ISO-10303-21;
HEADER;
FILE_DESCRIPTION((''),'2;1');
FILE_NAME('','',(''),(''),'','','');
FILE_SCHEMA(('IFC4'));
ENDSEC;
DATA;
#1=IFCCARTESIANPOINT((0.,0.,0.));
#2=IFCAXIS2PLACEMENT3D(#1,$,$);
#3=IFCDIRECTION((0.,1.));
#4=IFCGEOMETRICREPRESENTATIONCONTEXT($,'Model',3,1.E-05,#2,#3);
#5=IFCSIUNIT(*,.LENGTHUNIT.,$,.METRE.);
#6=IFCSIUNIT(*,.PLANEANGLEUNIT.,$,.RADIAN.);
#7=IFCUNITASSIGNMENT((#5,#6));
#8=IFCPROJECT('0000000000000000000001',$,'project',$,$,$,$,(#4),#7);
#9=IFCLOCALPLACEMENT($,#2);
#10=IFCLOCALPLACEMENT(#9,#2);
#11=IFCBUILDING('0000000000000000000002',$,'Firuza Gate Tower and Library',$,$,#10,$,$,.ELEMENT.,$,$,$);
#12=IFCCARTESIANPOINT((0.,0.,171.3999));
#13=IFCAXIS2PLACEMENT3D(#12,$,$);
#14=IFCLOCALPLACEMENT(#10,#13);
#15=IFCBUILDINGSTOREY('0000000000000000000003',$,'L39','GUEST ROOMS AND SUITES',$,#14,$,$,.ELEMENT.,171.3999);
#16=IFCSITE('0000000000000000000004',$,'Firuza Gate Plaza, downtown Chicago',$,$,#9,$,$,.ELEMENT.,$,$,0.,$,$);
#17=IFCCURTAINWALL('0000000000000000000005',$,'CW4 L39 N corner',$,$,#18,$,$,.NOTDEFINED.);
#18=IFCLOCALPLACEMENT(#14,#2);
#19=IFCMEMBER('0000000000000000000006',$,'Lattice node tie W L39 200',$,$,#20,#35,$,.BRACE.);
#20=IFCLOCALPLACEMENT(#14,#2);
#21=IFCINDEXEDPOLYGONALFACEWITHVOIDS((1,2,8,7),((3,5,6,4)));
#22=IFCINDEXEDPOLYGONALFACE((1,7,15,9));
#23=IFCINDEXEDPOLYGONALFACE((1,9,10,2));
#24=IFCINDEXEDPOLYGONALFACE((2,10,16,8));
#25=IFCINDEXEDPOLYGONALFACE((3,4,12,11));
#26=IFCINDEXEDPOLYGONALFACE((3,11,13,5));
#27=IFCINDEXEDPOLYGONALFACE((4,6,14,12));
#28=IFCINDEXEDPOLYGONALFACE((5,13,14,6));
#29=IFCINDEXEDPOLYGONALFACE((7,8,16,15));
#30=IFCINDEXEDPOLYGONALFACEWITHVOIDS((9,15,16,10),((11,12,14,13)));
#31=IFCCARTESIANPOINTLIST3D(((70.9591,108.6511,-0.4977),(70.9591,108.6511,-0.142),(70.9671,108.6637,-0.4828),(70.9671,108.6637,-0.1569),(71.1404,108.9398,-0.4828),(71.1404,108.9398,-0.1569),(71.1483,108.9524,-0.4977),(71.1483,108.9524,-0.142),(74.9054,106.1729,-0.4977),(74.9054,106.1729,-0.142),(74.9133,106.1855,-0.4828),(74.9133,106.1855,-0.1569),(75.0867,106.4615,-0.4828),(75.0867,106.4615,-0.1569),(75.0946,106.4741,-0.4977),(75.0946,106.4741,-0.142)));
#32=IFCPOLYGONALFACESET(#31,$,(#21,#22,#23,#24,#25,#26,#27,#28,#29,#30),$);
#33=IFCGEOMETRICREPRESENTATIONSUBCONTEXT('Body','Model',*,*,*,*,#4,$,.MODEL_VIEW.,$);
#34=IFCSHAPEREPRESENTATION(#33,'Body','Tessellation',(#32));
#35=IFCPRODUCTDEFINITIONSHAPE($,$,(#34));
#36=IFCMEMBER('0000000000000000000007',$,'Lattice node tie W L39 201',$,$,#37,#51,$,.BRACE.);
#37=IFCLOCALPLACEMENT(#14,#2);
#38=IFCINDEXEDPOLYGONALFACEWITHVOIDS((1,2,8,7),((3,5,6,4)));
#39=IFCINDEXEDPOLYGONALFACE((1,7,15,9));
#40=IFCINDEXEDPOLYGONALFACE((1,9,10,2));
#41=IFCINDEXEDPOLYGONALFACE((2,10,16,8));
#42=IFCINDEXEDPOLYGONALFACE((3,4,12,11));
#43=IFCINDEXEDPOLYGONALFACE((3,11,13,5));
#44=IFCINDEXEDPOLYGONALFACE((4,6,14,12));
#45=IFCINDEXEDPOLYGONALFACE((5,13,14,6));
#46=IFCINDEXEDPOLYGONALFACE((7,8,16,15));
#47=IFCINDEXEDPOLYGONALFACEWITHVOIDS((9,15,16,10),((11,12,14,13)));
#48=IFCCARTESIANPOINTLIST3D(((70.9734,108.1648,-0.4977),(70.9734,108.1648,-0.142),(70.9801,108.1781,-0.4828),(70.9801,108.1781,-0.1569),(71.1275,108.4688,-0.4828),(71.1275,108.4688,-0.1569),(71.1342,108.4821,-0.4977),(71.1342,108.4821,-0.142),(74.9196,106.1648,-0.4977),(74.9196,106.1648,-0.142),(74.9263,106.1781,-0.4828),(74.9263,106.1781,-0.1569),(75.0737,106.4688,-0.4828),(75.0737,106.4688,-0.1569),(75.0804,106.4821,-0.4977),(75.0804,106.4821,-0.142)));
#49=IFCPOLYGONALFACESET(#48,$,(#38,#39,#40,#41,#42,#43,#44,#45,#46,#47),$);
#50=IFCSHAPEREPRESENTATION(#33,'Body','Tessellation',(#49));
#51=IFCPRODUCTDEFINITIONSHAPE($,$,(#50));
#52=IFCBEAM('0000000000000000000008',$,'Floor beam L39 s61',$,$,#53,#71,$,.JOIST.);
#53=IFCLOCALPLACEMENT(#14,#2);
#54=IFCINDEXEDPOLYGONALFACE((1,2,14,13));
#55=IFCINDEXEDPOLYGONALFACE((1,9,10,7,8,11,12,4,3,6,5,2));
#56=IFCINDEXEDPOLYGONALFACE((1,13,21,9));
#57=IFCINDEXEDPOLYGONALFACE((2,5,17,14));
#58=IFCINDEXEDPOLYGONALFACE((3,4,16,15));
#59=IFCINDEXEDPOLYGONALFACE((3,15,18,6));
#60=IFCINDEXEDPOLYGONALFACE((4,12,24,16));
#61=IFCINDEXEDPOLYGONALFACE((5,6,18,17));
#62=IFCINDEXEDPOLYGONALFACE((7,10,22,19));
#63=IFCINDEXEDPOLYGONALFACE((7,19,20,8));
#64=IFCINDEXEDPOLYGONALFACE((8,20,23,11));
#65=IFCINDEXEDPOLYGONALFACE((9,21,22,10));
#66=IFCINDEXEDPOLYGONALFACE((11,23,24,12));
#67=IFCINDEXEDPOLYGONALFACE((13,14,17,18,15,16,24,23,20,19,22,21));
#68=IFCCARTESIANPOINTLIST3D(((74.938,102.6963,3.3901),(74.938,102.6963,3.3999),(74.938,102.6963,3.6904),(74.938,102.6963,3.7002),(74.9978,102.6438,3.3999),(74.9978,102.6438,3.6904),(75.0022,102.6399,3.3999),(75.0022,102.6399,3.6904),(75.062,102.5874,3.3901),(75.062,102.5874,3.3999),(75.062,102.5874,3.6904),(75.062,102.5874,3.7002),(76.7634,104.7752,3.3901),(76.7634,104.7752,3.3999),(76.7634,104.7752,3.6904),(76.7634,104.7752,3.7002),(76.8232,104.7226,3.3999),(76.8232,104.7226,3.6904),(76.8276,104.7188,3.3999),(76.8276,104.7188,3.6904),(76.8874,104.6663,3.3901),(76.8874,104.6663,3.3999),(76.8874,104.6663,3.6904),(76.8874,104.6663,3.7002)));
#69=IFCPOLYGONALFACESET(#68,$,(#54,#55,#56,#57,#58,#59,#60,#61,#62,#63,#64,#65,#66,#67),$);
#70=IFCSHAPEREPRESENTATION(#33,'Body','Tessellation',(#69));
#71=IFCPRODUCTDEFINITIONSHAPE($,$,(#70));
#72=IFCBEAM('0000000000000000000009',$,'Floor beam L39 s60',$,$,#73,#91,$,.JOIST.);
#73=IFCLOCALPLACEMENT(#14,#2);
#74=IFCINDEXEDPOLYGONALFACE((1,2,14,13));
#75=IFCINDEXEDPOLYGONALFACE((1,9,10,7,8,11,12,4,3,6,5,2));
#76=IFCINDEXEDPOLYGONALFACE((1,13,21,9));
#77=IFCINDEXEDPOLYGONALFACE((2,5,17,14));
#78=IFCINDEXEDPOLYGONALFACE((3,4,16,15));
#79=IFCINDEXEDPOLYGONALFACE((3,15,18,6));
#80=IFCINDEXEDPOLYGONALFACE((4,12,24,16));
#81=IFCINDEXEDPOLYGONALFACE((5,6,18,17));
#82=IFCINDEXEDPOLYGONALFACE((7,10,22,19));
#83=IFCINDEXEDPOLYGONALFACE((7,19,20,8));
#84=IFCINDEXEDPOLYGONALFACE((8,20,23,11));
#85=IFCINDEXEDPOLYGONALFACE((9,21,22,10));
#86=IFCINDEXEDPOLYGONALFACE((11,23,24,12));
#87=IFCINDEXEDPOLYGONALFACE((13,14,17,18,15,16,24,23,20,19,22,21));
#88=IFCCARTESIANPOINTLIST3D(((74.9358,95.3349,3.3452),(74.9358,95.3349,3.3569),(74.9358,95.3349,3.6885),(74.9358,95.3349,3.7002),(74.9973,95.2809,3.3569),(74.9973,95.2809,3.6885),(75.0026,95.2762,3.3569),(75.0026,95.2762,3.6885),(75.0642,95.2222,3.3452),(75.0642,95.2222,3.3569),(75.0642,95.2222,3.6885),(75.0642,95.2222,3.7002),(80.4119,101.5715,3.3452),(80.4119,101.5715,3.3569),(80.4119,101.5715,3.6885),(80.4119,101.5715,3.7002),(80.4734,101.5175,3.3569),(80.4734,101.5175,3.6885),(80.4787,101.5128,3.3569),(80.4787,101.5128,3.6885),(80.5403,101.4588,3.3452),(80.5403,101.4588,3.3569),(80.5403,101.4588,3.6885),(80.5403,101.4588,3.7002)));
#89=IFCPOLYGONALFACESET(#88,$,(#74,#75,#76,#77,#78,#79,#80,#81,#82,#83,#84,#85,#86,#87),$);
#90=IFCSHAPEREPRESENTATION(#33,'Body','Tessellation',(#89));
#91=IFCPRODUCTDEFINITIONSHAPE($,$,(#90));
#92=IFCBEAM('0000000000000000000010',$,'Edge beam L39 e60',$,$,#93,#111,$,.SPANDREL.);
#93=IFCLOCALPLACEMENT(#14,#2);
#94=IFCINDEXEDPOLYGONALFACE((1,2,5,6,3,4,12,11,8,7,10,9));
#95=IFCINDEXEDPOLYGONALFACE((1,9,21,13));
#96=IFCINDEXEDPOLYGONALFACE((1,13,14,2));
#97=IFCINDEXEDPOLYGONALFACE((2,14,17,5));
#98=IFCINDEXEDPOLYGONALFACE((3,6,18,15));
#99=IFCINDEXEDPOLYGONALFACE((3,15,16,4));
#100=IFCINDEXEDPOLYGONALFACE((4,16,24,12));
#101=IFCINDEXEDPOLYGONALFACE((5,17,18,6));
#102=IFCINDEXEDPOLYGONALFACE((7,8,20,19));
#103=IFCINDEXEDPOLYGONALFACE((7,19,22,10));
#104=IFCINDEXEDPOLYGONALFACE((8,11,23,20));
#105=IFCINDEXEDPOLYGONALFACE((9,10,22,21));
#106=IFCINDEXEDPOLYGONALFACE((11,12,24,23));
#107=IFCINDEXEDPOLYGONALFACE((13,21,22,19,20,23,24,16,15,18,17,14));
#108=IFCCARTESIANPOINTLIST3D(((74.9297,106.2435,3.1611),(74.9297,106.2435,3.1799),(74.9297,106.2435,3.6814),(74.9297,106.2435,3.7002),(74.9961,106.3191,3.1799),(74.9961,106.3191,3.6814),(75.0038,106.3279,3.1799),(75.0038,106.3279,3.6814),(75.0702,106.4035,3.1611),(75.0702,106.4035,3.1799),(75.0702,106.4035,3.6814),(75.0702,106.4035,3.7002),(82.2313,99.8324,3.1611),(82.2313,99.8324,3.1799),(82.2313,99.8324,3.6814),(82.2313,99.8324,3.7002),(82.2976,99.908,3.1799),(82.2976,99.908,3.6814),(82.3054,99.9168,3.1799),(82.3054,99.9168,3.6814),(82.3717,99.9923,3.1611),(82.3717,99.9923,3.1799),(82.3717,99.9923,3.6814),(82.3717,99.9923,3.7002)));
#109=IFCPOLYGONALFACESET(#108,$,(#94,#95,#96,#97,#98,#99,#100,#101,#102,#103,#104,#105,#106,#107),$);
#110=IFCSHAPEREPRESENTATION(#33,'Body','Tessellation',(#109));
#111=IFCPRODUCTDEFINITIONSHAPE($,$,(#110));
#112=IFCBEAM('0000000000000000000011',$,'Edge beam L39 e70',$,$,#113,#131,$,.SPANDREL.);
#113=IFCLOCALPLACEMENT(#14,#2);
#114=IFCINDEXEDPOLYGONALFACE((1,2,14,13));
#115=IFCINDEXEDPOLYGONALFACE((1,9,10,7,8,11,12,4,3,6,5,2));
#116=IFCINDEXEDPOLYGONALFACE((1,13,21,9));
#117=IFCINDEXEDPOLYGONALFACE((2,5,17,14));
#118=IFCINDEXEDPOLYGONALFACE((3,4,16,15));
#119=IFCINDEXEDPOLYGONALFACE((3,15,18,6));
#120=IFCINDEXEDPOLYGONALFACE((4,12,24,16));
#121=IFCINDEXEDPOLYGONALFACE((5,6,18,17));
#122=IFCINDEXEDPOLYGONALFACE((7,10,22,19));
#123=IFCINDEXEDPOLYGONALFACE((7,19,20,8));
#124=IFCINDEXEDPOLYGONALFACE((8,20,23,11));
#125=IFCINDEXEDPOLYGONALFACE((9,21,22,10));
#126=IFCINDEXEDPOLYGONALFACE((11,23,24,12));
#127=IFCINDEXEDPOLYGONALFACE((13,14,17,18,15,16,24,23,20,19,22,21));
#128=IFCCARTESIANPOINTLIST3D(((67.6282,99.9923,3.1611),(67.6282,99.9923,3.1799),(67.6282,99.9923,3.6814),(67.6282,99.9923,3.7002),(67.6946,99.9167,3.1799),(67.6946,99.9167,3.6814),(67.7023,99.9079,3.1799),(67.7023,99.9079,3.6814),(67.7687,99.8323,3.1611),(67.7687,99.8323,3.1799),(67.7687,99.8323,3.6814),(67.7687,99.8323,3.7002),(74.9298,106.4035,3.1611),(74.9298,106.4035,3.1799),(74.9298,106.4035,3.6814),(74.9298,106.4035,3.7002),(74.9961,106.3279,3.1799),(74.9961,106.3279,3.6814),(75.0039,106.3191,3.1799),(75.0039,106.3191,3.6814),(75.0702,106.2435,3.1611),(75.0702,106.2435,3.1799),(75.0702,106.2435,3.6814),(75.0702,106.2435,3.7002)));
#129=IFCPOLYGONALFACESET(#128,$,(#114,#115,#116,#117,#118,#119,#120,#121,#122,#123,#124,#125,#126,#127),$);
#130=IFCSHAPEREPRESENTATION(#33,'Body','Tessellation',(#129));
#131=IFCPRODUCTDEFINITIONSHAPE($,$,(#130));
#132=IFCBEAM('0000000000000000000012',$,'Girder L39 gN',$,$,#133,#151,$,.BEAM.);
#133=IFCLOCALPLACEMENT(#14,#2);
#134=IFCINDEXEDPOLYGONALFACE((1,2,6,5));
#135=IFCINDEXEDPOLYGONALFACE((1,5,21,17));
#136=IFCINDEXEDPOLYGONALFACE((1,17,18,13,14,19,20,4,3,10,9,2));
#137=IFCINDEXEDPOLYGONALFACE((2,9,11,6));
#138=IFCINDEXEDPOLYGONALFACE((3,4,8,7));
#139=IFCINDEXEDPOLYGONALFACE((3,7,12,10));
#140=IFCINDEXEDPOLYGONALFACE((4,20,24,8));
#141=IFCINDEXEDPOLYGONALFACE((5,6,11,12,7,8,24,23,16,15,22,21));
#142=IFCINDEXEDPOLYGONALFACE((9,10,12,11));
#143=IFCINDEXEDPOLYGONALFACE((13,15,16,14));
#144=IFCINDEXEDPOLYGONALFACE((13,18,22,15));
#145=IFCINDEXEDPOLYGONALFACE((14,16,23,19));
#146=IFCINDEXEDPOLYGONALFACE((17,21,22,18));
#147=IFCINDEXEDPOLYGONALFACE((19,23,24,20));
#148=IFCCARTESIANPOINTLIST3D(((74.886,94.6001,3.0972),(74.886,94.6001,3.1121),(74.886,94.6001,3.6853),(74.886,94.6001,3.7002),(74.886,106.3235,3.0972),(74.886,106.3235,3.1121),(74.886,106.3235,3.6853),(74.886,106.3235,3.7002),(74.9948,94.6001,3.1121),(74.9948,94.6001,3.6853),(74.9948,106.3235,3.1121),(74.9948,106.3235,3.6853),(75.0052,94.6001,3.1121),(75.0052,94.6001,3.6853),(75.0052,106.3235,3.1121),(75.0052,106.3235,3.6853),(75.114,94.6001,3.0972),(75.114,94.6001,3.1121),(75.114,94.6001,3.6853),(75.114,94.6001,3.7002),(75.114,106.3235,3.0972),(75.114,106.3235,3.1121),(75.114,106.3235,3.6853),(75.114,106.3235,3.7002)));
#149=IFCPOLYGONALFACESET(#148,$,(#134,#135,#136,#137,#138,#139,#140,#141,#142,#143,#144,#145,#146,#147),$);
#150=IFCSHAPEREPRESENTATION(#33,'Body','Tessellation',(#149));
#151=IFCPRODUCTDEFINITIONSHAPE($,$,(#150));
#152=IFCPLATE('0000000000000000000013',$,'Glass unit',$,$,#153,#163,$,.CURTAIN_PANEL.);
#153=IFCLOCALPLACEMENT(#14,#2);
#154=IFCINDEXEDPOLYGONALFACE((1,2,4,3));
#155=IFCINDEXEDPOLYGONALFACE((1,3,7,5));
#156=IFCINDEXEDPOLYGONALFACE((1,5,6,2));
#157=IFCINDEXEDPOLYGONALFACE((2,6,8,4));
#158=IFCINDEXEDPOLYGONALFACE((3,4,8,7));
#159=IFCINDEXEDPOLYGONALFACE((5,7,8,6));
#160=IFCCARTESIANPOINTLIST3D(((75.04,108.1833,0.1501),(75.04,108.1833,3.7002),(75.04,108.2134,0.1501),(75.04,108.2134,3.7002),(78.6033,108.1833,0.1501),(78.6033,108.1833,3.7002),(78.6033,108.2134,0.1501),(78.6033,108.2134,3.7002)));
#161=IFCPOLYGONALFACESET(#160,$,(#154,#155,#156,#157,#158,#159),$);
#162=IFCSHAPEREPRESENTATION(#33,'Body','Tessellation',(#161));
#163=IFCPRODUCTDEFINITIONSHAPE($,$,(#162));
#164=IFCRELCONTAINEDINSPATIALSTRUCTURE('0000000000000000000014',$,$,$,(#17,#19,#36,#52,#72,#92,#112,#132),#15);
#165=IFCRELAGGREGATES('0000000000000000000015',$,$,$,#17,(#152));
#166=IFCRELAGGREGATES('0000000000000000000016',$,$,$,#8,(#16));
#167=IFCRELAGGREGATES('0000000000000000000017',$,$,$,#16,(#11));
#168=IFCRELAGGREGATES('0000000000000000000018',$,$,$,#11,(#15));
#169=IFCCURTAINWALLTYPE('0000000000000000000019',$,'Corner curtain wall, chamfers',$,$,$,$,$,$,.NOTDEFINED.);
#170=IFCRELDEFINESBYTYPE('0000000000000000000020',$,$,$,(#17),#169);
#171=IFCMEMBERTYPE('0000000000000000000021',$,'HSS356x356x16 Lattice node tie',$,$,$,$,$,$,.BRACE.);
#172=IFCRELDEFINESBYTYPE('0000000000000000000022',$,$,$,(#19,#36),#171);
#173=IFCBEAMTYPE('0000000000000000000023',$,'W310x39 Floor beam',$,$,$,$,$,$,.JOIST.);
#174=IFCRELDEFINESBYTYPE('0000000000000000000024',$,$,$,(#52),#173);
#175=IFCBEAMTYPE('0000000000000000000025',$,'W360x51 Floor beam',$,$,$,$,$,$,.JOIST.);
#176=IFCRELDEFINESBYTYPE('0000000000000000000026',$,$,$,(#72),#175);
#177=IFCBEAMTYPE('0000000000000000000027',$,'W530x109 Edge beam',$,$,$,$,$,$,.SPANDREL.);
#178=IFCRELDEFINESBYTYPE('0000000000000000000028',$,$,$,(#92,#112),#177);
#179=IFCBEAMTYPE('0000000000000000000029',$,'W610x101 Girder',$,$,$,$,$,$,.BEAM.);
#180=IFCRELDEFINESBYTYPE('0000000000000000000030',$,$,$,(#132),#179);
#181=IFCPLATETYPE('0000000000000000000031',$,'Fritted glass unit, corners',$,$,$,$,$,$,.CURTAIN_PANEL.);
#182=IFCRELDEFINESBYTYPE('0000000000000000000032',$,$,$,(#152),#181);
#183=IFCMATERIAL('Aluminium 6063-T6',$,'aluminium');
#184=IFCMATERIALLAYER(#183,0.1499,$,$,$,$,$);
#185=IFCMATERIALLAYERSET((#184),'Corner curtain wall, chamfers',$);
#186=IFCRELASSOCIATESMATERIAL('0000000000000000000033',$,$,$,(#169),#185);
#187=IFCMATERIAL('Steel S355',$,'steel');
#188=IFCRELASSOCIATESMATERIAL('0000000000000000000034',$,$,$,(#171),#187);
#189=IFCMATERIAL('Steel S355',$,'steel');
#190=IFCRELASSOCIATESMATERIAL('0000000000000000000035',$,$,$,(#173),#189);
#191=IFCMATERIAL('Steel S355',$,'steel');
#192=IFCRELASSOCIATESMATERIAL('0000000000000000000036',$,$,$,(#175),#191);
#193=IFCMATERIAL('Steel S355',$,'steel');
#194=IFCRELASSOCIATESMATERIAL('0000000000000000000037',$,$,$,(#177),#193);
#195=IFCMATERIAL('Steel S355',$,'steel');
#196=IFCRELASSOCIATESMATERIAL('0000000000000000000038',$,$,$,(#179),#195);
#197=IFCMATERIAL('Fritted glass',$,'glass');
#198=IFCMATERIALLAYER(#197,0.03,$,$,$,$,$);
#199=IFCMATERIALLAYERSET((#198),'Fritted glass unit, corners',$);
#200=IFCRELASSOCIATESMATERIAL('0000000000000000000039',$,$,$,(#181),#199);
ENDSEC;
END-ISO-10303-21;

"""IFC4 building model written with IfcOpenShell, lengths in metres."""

from ifc_helpers import new_model, si_unit, direction, frame, origin, origin_2d, place, context, subcontext, project, spatial, polyline, hollow_rectangle, i_section, outline, extrude, material, layer, layer_set, material_profile, profile_set, type_object, element, aggregate, save


model = new_model("IFC4")

# Units and contexts
model_context = context("Model", 3, precision=1e-05, world=origin(), true_north=direction((0.0, 1.0)))
body_context = subcontext(model_context, "Body", "Model", "MODEL_VIEW")
ifc_project = project(units=[si_unit("LENGTHUNIT", "METRE"), si_unit("PLANEANGLEUNIT", "RADIAN")], contexts=[model_context])

# Site, building, storey
site_placement = place(None, origin())
site = spatial("IfcSite", under=ifc_project, at=site_placement, Name="Firuza Gate Plaza, downtown Chicago", CompositionType="ELEMENT", RefElevation=0.0)
building_placement = place(site_placement, origin())
building = spatial("IfcBuilding", under=site, at=building_placement, Name="Firuza Gate Tower and Library", CompositionType="ELEMENT")
storey_placement = place(building_placement, frame((0.0, 0.0, 171.3999)))
storey = spatial("IfcBuildingStorey", under=building, at=storey_placement, Name="L39", Description="GUEST ROOMS AND SUITES", CompositionType="ELEMENT", Elevation=171.3999)

# Curtain wall
ifc_material_1 = material(Name="Aluminium 6063-T6", Category="aluminium")
ifc_layer_1 = layer(ifc_material_1, 0.1499)
ifc_layer_set_1 = layer_set([ifc_layer_1], Name="Corner curtain wall, chamfers")
curtain_wall_type = type_object("IfcCurtainWallType", Name="Corner curtain wall, chamfers", PredefinedType="NOTDEFINED", material=ifc_layer_set_1)
curtain_wall_placement = place(storey_placement, origin())
curtain_wall = element("IfcCurtainWall", 1, at=curtain_wall_placement, inside=storey, type_object=curtain_wall_type, Name="CW4 L39 N corner", PredefinedType="NOTDEFINED")

# Members
ifc_material_2 = material(Name="Steel S355", Category="steel")
ifc_material_profile_1 = material_profile(ifc_material_2, hollow_rectangle(XDim=0.3557, YDim=0.3557, WallThickness=0.0149, at=origin_2d()))
ifc_profile_set_1 = profile_set([ifc_material_profile_1], Name="Steel S355")
member_type_1 = type_object("IfcMemberType", Name="HSS356x356x16 Lattice node tie", PredefinedType="BRACE", material=ifc_profile_set_1)
member_1_placement = place(storey_placement, frame((75.0, 106.3235, -0.3198), z_axis=(-0.846854, 0.531825, 0.0), x_axis=(-0.531825, -0.846854, 0.0)))
element("IfcMember", 2, at=member_1_placement, inside=storey, type_object=member_type_1, Name="Lattice node tie W L39 200", PredefinedType="BRACE", context=body_context, shape_type="SweptSolid", body=[
    extrude(hollow_rectangle(XDim=0.3557, YDim=0.3557, WallThickness=0.0149, at=origin_2d()), origin(), (0.0, 0.0, 1.0), 4.6599),
])
member_2_placement = place(storey_placement, frame((75.0, 106.3235, -0.3198), z_axis=(-0.891986, 0.452063, 0.0), x_axis=(-0.452063, -0.891986, 0.0)))
element("IfcMember", 3, at=member_2_placement, inside=storey, type_object=member_type_1, Name="Lattice node tie W L39 201", PredefinedType="BRACE", context=body_context, shape_type="SweptSolid", body=[
    extrude(hollow_rectangle(XDim=0.3557, YDim=0.3557, WallThickness=0.0149, at=origin_2d()), origin(), (0.0, 0.0, 1.0), 4.4241),
])

# Beams
ifc_material_3 = material(Name="Steel S355", Category="steel")
ifc_material_profile_2 = material_profile(ifc_material_3, i_section(OverallWidth=0.165, OverallDepth=0.3101, WebThickness=0.0059, FlangeThickness=0.0098, at=origin_2d()))
ifc_profile_set_2 = profile_set([ifc_material_profile_2], Name="Steel S355")
beam_type_1 = type_object("IfcBeamType", Name="W310x39 Floor beam", PredefinedType="JOIST", material=ifc_profile_set_2)
beam_1_placement = place(storey_placement, frame((76.8254, 104.7207, 3.5452), z_axis=(-0.659822, -0.751422, 0.0), x_axis=(0.751422, -0.659822, 0.0)))
element("IfcBeam", 4, at=beam_1_placement, inside=storey, type_object=beam_type_1, Name="Floor beam L39 s61", PredefinedType="JOIST", context=body_context, shape_type="SweptSolid", body=[
    extrude(i_section(OverallWidth=0.165, OverallDepth=0.3101, WebThickness=0.0059, FlangeThickness=0.0098, at=origin_2d()), origin(), (0.0, 0.0, 1.0), 2.7666),
])
ifc_material_4 = material(Name="Steel S355", Category="steel")
ifc_material_profile_3 = material_profile(ifc_material_4, i_section(OverallWidth=0.1709, OverallDepth=0.355, WebThickness=0.0071, FlangeThickness=0.0117, at=origin_2d()))
ifc_profile_set_3 = profile_set([ifc_material_profile_3], Name="Steel S355")
beam_type_2 = type_object("IfcBeamType", Name="W360x51 Floor beam", PredefinedType="JOIST", material=ifc_profile_set_3)
beam_2_placement = place(storey_placement, frame((80.4761, 101.5151, 3.5227), z_axis=(-0.659805, -0.751437, 0.0), x_axis=(0.751437, -0.659805, 0.0)))
element("IfcBeam", 5, at=beam_2_placement, inside=storey, type_object=beam_type_2, Name="Floor beam L39 s60", PredefinedType="JOIST", context=body_context, shape_type="SweptSolid", body=[
    extrude(i_section(OverallWidth=0.1709, OverallDepth=0.355, WebThickness=0.0071, FlangeThickness=0.0117, at=origin_2d()), origin(), (0.0, 0.0, 1.0), 8.2996),
])
ifc_material_5 = material(Name="Steel S355", Category="steel")
ifc_material_profile_4 = material_profile(ifc_material_5, i_section(OverallWidth=0.2129, OverallDepth=0.5391, WebThickness=0.0117, FlangeThickness=0.0188, at=origin_2d()))
ifc_profile_set_4 = profile_set([ifc_material_profile_4], Name="Steel S355")
beam_type_3 = type_object("IfcBeamType", Name="W530x109 Edge beam", PredefinedType="SPANDREL", material=ifc_profile_set_4)
for number, where, z_axis, x_axis, name in (
    (6, (82.3015, 99.9124, 3.4307), (-0.751438, 0.659804, 0.0), (-0.659804, -0.751438, 0.0), "Edge beam L39 e60"),
    (7, (75.0, 106.3235, 3.4307), (-0.751438, -0.659804, 0.0), (0.659804, -0.751438, 0.0), "Edge beam L39 e70"),
):
    element("IfcBeam", number, at=place(storey_placement, frame(where, z_axis=z_axis, x_axis=x_axis)), inside=storey, type_object=beam_type_3, Name=name, PredefinedType="SPANDREL", context=body_context, shape_type="SweptSolid", body=[
        extrude(i_section(OverallWidth=0.2129, OverallDepth=0.5391, WebThickness=0.0117, FlangeThickness=0.0188, at=origin_2d()), origin(), (0.0, 0.0, 1.0), 9.7168),
    ])
ifc_material_6 = material(Name="Steel S355", Category="steel")
ifc_material_profile_5 = material_profile(ifc_material_6, i_section(OverallWidth=0.228, OverallDepth=0.603, WebThickness=0.0105, FlangeThickness=0.0149, at=origin_2d()))
ifc_profile_set_5 = profile_set([ifc_material_profile_5], Name="Steel S355")
beam_type_4 = type_object("IfcBeamType", Name="W610x101 Girder", PredefinedType="BEAM", material=ifc_profile_set_5)
beam_3_placement = place(storey_placement, frame((75.0, 106.3235, 3.3987), z_axis=(0.0, -1.0, 0.0), x_axis=(1.0, 0.0, 0.0)))
element("IfcBeam", 8, at=beam_3_placement, inside=storey, type_object=beam_type_4, Name="Girder L39 gN", PredefinedType="BEAM", context=body_context, shape_type="SweptSolid", body=[
    extrude(i_section(OverallWidth=0.228, OverallDepth=0.603, WebThickness=0.0105, FlangeThickness=0.0149, at=origin_2d()), origin(), (0.0, 0.0, 1.0), 11.7234),
])

# Plate
ifc_material_7 = material(Name="Fritted glass", Category="glass")
ifc_layer_2 = layer(ifc_material_7, 0.03)
ifc_layer_set_2 = layer_set([ifc_layer_2], Name="Fritted glass unit, corners")
plate_type = type_object("IfcPlateType", Name="Fritted glass unit, corners", PredefinedType="CURTAIN_PANEL", material=ifc_layer_set_2)
plate_placement = place(storey_placement, frame((78.6033, 108.2134, 0.1501), z_axis=(0.0, 1.0, 0.0), x_axis=(-1.0, 0.0, 0.0)))
plate = element("IfcPlate", 9, at=plate_placement, type_object=plate_type, Name="Glass unit", PredefinedType="CURTAIN_PANEL", context=body_context, shape_type="SweptSolid", body=[
    extrude(outline(polyline([(0.0, 0.0), (3.5632, 0.0), (3.5632, 3.55), (0.0, 3.55), (0.0, 0.0)])), origin(), (0.0, 0.0, -1.0), 0.03),
])
aggregate(curtain_wall, [plate])

save(model, "model.ifc")
